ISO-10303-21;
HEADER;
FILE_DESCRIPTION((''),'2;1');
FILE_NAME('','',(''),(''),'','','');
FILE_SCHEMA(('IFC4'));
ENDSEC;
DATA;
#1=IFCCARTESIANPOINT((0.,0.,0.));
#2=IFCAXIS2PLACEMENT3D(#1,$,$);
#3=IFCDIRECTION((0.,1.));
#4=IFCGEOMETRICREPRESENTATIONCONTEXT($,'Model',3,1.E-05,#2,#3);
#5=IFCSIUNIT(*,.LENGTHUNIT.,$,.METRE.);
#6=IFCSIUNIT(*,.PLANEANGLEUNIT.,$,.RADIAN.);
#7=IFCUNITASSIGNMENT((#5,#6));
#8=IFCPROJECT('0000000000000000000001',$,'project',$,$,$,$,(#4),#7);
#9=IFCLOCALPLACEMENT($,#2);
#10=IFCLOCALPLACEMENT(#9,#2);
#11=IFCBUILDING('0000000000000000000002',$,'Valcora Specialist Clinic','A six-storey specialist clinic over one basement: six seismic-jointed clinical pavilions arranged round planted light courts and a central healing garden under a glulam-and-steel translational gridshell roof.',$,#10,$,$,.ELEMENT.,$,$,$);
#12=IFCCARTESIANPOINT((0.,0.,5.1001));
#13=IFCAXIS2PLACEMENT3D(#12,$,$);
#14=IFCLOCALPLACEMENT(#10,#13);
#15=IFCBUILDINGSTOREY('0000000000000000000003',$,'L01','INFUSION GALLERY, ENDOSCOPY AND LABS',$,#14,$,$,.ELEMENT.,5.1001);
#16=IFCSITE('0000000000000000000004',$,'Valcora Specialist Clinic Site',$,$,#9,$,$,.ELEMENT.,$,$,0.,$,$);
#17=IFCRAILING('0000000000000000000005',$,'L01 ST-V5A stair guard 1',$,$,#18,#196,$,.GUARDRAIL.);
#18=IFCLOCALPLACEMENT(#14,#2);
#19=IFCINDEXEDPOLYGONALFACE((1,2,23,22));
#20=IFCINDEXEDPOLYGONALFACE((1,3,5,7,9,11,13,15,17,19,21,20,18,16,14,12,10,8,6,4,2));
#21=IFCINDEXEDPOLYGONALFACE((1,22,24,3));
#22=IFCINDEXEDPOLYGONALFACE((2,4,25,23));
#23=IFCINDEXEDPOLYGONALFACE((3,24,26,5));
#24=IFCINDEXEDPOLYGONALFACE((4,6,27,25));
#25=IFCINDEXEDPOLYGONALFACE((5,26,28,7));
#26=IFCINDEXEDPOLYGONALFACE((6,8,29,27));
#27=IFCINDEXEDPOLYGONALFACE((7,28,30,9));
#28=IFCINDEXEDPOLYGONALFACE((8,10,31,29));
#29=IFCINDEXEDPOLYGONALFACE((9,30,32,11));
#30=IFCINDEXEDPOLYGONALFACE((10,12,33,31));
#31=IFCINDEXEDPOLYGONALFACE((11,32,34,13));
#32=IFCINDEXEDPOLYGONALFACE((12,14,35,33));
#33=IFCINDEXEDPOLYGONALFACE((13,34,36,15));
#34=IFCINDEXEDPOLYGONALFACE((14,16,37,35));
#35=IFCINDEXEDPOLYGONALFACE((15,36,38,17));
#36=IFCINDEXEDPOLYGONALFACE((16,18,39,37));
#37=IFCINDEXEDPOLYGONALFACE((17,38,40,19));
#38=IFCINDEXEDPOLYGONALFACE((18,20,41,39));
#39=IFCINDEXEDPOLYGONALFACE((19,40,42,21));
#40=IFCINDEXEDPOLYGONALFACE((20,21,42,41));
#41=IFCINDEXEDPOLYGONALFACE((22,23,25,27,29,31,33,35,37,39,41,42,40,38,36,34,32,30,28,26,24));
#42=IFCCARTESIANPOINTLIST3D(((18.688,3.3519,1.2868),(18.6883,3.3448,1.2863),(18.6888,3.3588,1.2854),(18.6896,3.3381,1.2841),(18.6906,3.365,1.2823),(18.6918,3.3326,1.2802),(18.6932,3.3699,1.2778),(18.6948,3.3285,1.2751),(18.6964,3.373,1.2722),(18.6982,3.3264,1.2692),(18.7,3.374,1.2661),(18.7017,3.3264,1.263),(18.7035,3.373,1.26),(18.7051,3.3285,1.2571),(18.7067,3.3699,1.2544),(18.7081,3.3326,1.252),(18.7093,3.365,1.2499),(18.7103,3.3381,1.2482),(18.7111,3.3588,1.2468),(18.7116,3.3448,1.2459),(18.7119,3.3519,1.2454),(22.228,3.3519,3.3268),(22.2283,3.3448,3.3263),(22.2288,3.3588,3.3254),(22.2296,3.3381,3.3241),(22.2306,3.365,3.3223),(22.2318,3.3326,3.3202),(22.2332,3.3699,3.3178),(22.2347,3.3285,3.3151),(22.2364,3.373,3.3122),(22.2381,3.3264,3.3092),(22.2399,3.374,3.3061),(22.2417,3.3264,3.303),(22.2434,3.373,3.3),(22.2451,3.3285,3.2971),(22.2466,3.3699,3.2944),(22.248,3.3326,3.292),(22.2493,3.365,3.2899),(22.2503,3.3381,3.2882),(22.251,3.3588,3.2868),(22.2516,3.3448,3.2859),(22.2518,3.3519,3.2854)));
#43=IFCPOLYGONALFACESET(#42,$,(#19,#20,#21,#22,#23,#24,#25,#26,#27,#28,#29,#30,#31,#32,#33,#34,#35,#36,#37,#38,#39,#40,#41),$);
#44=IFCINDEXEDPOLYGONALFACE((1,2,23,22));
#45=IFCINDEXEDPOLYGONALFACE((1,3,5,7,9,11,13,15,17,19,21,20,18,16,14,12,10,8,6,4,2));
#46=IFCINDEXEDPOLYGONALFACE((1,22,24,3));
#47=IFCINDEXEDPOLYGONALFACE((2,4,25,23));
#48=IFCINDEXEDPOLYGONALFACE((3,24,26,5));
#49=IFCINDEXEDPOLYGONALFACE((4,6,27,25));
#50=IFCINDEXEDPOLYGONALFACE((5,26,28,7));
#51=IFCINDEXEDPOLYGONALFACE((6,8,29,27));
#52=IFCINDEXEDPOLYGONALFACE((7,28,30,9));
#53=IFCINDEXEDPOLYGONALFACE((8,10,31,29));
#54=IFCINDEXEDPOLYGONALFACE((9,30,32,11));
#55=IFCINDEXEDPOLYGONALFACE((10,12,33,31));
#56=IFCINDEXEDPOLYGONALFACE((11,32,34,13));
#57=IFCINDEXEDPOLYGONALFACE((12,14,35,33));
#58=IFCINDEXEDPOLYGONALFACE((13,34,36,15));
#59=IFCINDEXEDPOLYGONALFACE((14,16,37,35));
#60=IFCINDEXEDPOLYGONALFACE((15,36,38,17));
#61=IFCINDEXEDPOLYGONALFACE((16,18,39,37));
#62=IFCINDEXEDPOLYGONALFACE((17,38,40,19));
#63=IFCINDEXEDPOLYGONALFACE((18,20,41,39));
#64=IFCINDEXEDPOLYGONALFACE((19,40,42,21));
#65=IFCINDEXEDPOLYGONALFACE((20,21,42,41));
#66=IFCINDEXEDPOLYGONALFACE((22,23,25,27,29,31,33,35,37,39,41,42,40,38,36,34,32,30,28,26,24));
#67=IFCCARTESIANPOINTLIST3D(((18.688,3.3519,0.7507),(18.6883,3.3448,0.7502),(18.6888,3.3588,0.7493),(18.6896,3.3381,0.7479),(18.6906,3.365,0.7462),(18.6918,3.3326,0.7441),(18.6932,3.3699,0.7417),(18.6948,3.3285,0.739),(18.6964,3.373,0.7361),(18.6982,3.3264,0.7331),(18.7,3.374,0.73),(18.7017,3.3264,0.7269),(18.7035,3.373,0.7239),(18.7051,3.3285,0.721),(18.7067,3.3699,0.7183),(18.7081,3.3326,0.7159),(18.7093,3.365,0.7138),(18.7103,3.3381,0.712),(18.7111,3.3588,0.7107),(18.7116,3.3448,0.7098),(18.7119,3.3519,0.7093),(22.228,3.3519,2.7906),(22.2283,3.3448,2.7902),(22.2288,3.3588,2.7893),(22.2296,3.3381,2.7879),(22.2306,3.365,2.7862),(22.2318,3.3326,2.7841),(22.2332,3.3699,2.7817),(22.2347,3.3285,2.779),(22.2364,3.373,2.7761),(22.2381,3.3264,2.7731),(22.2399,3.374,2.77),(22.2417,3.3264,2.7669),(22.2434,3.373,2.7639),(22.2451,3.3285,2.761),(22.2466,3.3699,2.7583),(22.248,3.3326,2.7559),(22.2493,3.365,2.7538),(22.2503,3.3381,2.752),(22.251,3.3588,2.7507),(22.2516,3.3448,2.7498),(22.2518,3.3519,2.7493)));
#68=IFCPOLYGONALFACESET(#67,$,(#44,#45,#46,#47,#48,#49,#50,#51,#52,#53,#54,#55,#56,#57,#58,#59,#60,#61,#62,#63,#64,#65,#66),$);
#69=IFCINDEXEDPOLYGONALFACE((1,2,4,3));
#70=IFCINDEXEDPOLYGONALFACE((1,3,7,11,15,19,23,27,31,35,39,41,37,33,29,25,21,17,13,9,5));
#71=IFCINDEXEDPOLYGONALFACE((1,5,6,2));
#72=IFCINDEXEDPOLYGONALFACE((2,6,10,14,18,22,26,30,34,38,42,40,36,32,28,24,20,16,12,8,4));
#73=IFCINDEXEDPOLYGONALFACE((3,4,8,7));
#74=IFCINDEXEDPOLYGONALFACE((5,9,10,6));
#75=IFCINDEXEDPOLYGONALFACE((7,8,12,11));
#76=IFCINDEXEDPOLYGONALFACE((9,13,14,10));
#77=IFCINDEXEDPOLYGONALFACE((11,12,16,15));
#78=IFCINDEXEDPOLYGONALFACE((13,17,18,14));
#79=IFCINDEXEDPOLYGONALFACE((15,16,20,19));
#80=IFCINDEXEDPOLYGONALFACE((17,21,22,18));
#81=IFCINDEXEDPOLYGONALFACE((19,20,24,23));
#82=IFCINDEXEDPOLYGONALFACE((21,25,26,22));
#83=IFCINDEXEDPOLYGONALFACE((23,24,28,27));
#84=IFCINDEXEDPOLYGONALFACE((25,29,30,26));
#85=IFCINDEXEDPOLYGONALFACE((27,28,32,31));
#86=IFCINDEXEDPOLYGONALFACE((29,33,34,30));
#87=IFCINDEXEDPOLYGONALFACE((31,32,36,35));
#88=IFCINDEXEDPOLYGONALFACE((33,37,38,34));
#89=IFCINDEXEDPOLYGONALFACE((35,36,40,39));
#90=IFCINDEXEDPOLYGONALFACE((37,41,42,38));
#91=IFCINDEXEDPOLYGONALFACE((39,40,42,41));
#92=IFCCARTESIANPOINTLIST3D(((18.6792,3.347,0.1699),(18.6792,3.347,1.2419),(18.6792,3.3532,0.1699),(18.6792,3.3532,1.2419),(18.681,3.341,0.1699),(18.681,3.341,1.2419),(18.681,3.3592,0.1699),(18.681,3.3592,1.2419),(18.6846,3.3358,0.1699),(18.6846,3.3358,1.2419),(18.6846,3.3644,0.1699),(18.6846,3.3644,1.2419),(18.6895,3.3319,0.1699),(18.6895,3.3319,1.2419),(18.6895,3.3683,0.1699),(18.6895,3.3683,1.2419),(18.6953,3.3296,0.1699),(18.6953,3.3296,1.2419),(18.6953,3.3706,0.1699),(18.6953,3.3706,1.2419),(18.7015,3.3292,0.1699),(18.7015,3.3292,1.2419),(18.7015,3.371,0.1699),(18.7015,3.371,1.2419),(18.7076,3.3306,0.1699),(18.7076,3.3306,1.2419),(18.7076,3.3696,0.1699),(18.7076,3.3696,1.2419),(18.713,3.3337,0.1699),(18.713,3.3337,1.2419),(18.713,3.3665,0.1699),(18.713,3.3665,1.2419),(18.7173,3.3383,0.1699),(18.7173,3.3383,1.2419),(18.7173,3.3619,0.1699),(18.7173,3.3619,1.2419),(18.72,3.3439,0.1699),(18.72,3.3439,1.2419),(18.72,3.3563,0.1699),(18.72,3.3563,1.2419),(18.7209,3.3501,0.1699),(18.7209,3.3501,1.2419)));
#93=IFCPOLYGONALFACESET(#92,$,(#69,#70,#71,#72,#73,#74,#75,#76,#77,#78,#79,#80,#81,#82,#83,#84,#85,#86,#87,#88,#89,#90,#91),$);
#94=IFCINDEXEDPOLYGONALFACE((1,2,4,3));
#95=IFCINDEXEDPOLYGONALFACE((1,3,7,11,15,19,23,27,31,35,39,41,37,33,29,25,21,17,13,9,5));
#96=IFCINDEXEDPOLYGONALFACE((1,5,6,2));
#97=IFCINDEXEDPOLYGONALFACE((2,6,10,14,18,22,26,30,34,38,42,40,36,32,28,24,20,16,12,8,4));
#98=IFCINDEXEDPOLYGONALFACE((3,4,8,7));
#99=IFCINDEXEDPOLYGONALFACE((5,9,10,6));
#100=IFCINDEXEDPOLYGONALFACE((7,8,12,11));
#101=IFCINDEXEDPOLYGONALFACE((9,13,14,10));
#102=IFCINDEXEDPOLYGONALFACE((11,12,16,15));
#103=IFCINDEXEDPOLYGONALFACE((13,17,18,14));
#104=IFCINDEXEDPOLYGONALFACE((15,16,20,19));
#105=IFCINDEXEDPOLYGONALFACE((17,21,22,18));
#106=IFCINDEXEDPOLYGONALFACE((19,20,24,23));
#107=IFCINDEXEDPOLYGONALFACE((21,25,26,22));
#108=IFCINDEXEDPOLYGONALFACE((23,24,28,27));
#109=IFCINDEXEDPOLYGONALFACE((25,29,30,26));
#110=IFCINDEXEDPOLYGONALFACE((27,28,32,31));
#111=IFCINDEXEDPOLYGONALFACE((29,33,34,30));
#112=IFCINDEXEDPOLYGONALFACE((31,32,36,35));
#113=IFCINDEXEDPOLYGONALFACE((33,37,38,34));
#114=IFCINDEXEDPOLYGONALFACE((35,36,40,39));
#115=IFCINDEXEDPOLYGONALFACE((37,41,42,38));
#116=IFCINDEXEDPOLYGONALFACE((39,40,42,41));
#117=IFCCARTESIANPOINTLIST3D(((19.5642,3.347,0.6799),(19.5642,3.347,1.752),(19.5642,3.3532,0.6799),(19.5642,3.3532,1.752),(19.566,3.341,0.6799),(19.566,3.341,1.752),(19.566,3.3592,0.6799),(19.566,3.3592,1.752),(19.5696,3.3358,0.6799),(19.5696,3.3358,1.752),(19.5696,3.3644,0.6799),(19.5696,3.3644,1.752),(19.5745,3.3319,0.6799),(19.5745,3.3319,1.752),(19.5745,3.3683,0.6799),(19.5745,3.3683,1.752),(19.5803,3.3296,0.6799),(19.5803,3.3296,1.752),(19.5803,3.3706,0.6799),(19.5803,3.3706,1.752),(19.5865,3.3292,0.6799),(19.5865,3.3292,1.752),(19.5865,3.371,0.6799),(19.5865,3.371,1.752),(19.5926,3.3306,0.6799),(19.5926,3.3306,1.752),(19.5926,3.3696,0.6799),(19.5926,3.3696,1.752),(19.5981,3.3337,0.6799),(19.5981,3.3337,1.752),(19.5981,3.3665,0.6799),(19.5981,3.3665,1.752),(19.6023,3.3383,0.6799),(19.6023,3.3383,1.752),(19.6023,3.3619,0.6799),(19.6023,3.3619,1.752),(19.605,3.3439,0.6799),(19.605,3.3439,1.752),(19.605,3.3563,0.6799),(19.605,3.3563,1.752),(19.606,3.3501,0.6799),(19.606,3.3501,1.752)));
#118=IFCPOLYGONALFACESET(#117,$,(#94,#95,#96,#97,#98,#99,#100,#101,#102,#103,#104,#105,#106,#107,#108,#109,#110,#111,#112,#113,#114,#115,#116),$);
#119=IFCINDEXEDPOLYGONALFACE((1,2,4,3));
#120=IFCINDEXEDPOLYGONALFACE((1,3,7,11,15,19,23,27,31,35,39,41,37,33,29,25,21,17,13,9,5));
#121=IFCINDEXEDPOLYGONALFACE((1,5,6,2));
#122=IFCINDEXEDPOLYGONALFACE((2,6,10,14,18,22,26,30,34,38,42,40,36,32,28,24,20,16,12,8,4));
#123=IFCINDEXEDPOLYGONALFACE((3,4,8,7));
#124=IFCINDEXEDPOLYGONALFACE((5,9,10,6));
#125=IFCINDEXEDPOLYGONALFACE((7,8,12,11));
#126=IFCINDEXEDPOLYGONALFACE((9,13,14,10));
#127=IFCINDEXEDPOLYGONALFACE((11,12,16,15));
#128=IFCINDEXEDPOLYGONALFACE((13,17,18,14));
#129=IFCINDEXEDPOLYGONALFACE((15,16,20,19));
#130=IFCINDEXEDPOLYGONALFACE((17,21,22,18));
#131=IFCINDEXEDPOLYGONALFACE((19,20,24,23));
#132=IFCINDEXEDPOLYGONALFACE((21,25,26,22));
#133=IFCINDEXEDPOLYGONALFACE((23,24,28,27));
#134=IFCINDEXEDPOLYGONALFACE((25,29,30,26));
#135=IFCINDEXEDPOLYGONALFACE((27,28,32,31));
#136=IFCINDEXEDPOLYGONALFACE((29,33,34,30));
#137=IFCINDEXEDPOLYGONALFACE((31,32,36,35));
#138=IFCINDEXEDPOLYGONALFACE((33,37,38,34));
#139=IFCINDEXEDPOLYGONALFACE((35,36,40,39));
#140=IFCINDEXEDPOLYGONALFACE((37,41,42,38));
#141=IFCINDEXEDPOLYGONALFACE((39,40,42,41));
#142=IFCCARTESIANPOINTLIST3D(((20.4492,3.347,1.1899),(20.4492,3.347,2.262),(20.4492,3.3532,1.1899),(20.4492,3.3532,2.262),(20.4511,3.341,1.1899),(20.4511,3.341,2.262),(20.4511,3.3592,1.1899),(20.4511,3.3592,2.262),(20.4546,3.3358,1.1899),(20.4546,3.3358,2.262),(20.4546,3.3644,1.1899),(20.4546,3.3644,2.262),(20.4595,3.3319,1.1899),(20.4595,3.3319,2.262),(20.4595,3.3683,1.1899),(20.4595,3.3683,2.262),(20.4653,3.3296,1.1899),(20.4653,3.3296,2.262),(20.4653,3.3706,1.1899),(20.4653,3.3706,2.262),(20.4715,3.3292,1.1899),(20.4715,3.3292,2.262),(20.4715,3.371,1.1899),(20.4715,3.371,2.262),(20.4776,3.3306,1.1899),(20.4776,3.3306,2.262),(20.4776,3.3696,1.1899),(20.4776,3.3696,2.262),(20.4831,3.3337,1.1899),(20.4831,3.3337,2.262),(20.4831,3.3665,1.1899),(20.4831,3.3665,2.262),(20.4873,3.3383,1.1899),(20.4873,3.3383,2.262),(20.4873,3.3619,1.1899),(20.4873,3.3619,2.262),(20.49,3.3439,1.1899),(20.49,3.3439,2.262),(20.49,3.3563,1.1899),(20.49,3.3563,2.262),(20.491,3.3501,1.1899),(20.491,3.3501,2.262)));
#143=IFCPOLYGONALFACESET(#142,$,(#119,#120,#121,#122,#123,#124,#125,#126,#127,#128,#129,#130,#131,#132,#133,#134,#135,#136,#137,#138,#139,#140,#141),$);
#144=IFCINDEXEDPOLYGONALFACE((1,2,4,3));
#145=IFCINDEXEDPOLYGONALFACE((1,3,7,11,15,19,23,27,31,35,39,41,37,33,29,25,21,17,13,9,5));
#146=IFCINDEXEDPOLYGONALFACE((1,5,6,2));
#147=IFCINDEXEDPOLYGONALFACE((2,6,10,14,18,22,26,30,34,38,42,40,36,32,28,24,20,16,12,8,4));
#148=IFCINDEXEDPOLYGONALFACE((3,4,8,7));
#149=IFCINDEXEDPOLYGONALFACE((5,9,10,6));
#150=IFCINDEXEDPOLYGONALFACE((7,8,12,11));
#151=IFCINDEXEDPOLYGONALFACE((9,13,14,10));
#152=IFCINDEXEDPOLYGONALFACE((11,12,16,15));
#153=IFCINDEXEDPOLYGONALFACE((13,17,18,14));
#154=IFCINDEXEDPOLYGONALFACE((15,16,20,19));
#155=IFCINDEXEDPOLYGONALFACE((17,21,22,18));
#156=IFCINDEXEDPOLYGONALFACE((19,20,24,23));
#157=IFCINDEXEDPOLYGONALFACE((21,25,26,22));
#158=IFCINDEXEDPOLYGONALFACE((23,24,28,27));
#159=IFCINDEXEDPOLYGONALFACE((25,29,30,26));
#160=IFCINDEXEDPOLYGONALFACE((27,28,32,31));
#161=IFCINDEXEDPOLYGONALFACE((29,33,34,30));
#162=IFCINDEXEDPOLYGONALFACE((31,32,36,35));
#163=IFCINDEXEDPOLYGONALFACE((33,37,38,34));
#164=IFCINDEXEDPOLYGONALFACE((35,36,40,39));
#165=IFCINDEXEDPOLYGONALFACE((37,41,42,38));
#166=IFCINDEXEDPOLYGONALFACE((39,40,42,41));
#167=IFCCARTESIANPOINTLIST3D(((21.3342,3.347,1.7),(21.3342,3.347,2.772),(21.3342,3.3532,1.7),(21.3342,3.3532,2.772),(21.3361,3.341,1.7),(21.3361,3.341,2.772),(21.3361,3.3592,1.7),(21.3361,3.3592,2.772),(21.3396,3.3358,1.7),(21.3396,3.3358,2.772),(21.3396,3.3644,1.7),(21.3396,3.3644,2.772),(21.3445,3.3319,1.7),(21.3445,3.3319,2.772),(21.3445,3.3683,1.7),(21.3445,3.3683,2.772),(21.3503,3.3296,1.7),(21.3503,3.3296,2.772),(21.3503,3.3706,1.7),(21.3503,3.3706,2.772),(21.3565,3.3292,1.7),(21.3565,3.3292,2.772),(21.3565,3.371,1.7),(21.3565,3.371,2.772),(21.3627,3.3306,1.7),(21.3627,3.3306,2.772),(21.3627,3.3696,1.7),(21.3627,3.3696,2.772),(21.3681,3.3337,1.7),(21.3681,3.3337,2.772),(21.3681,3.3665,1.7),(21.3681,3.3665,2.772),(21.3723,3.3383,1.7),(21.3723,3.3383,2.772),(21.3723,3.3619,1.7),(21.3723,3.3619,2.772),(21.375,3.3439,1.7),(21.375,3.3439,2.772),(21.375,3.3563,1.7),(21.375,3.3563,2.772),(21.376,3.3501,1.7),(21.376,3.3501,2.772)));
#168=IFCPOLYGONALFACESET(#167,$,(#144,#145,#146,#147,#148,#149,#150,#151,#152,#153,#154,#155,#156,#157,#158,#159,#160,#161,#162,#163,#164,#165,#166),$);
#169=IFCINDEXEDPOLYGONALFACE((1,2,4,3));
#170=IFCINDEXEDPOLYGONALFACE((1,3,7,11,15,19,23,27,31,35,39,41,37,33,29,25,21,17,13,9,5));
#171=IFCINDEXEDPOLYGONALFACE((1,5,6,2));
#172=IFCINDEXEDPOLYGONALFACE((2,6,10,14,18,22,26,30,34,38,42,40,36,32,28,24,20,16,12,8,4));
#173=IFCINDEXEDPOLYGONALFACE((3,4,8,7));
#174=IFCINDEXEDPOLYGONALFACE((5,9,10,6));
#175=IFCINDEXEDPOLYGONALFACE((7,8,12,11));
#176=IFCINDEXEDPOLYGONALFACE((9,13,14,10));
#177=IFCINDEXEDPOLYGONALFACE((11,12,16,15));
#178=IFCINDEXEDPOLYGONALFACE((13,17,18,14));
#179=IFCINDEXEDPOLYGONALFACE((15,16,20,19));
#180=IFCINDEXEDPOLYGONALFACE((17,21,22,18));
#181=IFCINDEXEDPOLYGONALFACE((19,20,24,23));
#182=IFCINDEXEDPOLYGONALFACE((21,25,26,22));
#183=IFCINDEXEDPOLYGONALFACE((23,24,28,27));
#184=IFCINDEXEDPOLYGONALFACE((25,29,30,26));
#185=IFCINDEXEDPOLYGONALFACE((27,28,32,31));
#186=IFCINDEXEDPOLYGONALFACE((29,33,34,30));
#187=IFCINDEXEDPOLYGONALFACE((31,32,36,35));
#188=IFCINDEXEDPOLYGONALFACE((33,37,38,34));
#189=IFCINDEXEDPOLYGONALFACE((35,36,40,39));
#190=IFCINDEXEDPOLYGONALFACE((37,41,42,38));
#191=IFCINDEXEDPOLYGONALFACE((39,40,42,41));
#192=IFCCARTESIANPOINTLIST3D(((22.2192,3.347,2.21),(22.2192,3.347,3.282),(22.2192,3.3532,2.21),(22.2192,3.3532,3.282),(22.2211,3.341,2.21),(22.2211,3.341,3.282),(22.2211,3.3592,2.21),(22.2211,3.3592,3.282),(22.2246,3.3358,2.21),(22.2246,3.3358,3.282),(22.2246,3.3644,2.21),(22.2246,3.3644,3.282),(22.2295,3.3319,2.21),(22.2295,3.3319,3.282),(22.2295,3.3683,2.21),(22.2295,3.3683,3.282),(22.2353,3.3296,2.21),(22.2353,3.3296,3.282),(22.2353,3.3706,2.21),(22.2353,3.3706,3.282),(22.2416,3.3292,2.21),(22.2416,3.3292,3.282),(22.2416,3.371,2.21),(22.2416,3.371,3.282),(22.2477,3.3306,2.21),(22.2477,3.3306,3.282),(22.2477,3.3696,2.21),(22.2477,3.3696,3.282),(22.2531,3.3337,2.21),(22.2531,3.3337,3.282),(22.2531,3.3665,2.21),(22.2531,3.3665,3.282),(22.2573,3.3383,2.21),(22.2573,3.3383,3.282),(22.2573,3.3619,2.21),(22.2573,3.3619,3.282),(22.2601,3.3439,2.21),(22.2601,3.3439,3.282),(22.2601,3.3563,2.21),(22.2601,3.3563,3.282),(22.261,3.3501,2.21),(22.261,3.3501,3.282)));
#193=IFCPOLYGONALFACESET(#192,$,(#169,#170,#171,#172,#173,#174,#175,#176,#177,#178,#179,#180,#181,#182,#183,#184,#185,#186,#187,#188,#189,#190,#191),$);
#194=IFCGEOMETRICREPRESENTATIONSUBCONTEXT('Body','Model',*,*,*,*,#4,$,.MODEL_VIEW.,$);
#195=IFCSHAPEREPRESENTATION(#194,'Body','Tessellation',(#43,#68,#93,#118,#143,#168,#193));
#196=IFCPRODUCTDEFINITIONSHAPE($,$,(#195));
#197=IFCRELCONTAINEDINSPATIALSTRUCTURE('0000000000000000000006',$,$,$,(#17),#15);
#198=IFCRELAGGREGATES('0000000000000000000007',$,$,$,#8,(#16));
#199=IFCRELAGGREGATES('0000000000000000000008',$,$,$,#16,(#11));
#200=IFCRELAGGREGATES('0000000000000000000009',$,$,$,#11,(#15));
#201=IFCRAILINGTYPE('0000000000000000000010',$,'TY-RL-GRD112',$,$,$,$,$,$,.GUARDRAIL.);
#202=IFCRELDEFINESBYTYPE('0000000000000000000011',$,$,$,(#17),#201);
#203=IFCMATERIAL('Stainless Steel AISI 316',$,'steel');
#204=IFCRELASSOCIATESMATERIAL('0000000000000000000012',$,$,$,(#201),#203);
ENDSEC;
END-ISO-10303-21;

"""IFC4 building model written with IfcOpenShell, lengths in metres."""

from ifc_helpers import new_model, si_unit, direction, frame, origin, origin_2d, place, context, subcontext, project, spatial, circle, extrude, material, type_object, element, save


model = new_model("IFC4")

# Units and contexts
model_context = context("Model", 3, precision=1e-05, world=origin(), true_north=direction((0.0, 1.0)))
body_context = subcontext(model_context, "Body", "Model", "MODEL_VIEW")
ifc_project = project(units=[si_unit("LENGTHUNIT", "METRE"), si_unit("PLANEANGLEUNIT", "RADIAN")], contexts=[model_context])

# Site, building, storey
site_placement = place(None, origin())
site = spatial("IfcSite", under=ifc_project, at=site_placement, Name="Valcora Specialist Clinic Site", CompositionType="ELEMENT", RefElevation=0.0)
building_placement = place(site_placement, origin())
building = spatial("IfcBuilding", under=site, at=building_placement, Name="Valcora Specialist Clinic", Description="A six-storey specialist clinic over one basement: six seismic-jointed clinical pavilions arranged round planted light courts and a central healing garden under a glulam-and-steel translational gridshell roof.", CompositionType="ELEMENT")
storey_placement = place(building_placement, frame((0.0, 0.0, 5.1001)))
storey = spatial("IfcBuildingStorey", under=building, at=storey_placement, Name="L01", Description="INFUSION GALLERY, ENDOSCOPY AND LABS", CompositionType="ELEMENT", Elevation=5.1001)

# Shared definitions
ifc_material_1 = material(Name="Stainless Steel AISI 316", Category="steel")

# Railing
railing_type_1 = type_object("IfcRailingType", Name="TY-RL-GRD112", PredefinedType="GUARDRAIL", material=ifc_material_1)
railing_1_placement = place(storey_placement, frame((18.7, 3.3501, 0.1699)))
element("IfcRailing", 1, at=railing_1_placement, inside=storey, type_object=railing_type_1, Name="L01 ST-V5A stair guard 1", PredefinedType="GUARDRAIL", context=body_context, shape_type="SweptSolid", body=[
    extrude(circle(Radius=0.0239, at=origin_2d()), frame((0.0, 0.0, 1.0962), z_axis=(0.866428, 0.0, 0.499302), x_axis=(0.0, 1.0, 0.0)), (0.0, 0.0, 1.0), 4.0857),
    extrude(circle(Radius=0.0239, at=origin_2d()), frame((0.0, 0.0, 0.5601), z_axis=(0.866428, 0.0, 0.499302), x_axis=(0.0, 1.0, 0.0)), (0.0, 0.0, 1.0), 4.0857),
    extrude(circle(Radius=0.021, at=origin_2d()), origin(), (0.0, 0.0, 1.0), 1.072),
    extrude(circle(Radius=0.021, at=origin_2d()), frame((0.885, 0.0, 0.51)), (0.0, 0.0, 1.0), 1.072),
    extrude(circle(Radius=0.021, at=origin_2d()), frame((1.77, 0.0, 1.02)), (0.0, 0.0, 1.0), 1.072),
    extrude(circle(Radius=0.021, at=origin_2d()), frame((2.655, 0.0, 1.53)), (0.0, 0.0, 1.0), 1.072),
    extrude(circle(Radius=0.021, at=origin_2d()), frame((3.54, 0.0, 2.04)), (0.0, 0.0, 1.0), 1.072),
])

save(model, "model.ifc")
